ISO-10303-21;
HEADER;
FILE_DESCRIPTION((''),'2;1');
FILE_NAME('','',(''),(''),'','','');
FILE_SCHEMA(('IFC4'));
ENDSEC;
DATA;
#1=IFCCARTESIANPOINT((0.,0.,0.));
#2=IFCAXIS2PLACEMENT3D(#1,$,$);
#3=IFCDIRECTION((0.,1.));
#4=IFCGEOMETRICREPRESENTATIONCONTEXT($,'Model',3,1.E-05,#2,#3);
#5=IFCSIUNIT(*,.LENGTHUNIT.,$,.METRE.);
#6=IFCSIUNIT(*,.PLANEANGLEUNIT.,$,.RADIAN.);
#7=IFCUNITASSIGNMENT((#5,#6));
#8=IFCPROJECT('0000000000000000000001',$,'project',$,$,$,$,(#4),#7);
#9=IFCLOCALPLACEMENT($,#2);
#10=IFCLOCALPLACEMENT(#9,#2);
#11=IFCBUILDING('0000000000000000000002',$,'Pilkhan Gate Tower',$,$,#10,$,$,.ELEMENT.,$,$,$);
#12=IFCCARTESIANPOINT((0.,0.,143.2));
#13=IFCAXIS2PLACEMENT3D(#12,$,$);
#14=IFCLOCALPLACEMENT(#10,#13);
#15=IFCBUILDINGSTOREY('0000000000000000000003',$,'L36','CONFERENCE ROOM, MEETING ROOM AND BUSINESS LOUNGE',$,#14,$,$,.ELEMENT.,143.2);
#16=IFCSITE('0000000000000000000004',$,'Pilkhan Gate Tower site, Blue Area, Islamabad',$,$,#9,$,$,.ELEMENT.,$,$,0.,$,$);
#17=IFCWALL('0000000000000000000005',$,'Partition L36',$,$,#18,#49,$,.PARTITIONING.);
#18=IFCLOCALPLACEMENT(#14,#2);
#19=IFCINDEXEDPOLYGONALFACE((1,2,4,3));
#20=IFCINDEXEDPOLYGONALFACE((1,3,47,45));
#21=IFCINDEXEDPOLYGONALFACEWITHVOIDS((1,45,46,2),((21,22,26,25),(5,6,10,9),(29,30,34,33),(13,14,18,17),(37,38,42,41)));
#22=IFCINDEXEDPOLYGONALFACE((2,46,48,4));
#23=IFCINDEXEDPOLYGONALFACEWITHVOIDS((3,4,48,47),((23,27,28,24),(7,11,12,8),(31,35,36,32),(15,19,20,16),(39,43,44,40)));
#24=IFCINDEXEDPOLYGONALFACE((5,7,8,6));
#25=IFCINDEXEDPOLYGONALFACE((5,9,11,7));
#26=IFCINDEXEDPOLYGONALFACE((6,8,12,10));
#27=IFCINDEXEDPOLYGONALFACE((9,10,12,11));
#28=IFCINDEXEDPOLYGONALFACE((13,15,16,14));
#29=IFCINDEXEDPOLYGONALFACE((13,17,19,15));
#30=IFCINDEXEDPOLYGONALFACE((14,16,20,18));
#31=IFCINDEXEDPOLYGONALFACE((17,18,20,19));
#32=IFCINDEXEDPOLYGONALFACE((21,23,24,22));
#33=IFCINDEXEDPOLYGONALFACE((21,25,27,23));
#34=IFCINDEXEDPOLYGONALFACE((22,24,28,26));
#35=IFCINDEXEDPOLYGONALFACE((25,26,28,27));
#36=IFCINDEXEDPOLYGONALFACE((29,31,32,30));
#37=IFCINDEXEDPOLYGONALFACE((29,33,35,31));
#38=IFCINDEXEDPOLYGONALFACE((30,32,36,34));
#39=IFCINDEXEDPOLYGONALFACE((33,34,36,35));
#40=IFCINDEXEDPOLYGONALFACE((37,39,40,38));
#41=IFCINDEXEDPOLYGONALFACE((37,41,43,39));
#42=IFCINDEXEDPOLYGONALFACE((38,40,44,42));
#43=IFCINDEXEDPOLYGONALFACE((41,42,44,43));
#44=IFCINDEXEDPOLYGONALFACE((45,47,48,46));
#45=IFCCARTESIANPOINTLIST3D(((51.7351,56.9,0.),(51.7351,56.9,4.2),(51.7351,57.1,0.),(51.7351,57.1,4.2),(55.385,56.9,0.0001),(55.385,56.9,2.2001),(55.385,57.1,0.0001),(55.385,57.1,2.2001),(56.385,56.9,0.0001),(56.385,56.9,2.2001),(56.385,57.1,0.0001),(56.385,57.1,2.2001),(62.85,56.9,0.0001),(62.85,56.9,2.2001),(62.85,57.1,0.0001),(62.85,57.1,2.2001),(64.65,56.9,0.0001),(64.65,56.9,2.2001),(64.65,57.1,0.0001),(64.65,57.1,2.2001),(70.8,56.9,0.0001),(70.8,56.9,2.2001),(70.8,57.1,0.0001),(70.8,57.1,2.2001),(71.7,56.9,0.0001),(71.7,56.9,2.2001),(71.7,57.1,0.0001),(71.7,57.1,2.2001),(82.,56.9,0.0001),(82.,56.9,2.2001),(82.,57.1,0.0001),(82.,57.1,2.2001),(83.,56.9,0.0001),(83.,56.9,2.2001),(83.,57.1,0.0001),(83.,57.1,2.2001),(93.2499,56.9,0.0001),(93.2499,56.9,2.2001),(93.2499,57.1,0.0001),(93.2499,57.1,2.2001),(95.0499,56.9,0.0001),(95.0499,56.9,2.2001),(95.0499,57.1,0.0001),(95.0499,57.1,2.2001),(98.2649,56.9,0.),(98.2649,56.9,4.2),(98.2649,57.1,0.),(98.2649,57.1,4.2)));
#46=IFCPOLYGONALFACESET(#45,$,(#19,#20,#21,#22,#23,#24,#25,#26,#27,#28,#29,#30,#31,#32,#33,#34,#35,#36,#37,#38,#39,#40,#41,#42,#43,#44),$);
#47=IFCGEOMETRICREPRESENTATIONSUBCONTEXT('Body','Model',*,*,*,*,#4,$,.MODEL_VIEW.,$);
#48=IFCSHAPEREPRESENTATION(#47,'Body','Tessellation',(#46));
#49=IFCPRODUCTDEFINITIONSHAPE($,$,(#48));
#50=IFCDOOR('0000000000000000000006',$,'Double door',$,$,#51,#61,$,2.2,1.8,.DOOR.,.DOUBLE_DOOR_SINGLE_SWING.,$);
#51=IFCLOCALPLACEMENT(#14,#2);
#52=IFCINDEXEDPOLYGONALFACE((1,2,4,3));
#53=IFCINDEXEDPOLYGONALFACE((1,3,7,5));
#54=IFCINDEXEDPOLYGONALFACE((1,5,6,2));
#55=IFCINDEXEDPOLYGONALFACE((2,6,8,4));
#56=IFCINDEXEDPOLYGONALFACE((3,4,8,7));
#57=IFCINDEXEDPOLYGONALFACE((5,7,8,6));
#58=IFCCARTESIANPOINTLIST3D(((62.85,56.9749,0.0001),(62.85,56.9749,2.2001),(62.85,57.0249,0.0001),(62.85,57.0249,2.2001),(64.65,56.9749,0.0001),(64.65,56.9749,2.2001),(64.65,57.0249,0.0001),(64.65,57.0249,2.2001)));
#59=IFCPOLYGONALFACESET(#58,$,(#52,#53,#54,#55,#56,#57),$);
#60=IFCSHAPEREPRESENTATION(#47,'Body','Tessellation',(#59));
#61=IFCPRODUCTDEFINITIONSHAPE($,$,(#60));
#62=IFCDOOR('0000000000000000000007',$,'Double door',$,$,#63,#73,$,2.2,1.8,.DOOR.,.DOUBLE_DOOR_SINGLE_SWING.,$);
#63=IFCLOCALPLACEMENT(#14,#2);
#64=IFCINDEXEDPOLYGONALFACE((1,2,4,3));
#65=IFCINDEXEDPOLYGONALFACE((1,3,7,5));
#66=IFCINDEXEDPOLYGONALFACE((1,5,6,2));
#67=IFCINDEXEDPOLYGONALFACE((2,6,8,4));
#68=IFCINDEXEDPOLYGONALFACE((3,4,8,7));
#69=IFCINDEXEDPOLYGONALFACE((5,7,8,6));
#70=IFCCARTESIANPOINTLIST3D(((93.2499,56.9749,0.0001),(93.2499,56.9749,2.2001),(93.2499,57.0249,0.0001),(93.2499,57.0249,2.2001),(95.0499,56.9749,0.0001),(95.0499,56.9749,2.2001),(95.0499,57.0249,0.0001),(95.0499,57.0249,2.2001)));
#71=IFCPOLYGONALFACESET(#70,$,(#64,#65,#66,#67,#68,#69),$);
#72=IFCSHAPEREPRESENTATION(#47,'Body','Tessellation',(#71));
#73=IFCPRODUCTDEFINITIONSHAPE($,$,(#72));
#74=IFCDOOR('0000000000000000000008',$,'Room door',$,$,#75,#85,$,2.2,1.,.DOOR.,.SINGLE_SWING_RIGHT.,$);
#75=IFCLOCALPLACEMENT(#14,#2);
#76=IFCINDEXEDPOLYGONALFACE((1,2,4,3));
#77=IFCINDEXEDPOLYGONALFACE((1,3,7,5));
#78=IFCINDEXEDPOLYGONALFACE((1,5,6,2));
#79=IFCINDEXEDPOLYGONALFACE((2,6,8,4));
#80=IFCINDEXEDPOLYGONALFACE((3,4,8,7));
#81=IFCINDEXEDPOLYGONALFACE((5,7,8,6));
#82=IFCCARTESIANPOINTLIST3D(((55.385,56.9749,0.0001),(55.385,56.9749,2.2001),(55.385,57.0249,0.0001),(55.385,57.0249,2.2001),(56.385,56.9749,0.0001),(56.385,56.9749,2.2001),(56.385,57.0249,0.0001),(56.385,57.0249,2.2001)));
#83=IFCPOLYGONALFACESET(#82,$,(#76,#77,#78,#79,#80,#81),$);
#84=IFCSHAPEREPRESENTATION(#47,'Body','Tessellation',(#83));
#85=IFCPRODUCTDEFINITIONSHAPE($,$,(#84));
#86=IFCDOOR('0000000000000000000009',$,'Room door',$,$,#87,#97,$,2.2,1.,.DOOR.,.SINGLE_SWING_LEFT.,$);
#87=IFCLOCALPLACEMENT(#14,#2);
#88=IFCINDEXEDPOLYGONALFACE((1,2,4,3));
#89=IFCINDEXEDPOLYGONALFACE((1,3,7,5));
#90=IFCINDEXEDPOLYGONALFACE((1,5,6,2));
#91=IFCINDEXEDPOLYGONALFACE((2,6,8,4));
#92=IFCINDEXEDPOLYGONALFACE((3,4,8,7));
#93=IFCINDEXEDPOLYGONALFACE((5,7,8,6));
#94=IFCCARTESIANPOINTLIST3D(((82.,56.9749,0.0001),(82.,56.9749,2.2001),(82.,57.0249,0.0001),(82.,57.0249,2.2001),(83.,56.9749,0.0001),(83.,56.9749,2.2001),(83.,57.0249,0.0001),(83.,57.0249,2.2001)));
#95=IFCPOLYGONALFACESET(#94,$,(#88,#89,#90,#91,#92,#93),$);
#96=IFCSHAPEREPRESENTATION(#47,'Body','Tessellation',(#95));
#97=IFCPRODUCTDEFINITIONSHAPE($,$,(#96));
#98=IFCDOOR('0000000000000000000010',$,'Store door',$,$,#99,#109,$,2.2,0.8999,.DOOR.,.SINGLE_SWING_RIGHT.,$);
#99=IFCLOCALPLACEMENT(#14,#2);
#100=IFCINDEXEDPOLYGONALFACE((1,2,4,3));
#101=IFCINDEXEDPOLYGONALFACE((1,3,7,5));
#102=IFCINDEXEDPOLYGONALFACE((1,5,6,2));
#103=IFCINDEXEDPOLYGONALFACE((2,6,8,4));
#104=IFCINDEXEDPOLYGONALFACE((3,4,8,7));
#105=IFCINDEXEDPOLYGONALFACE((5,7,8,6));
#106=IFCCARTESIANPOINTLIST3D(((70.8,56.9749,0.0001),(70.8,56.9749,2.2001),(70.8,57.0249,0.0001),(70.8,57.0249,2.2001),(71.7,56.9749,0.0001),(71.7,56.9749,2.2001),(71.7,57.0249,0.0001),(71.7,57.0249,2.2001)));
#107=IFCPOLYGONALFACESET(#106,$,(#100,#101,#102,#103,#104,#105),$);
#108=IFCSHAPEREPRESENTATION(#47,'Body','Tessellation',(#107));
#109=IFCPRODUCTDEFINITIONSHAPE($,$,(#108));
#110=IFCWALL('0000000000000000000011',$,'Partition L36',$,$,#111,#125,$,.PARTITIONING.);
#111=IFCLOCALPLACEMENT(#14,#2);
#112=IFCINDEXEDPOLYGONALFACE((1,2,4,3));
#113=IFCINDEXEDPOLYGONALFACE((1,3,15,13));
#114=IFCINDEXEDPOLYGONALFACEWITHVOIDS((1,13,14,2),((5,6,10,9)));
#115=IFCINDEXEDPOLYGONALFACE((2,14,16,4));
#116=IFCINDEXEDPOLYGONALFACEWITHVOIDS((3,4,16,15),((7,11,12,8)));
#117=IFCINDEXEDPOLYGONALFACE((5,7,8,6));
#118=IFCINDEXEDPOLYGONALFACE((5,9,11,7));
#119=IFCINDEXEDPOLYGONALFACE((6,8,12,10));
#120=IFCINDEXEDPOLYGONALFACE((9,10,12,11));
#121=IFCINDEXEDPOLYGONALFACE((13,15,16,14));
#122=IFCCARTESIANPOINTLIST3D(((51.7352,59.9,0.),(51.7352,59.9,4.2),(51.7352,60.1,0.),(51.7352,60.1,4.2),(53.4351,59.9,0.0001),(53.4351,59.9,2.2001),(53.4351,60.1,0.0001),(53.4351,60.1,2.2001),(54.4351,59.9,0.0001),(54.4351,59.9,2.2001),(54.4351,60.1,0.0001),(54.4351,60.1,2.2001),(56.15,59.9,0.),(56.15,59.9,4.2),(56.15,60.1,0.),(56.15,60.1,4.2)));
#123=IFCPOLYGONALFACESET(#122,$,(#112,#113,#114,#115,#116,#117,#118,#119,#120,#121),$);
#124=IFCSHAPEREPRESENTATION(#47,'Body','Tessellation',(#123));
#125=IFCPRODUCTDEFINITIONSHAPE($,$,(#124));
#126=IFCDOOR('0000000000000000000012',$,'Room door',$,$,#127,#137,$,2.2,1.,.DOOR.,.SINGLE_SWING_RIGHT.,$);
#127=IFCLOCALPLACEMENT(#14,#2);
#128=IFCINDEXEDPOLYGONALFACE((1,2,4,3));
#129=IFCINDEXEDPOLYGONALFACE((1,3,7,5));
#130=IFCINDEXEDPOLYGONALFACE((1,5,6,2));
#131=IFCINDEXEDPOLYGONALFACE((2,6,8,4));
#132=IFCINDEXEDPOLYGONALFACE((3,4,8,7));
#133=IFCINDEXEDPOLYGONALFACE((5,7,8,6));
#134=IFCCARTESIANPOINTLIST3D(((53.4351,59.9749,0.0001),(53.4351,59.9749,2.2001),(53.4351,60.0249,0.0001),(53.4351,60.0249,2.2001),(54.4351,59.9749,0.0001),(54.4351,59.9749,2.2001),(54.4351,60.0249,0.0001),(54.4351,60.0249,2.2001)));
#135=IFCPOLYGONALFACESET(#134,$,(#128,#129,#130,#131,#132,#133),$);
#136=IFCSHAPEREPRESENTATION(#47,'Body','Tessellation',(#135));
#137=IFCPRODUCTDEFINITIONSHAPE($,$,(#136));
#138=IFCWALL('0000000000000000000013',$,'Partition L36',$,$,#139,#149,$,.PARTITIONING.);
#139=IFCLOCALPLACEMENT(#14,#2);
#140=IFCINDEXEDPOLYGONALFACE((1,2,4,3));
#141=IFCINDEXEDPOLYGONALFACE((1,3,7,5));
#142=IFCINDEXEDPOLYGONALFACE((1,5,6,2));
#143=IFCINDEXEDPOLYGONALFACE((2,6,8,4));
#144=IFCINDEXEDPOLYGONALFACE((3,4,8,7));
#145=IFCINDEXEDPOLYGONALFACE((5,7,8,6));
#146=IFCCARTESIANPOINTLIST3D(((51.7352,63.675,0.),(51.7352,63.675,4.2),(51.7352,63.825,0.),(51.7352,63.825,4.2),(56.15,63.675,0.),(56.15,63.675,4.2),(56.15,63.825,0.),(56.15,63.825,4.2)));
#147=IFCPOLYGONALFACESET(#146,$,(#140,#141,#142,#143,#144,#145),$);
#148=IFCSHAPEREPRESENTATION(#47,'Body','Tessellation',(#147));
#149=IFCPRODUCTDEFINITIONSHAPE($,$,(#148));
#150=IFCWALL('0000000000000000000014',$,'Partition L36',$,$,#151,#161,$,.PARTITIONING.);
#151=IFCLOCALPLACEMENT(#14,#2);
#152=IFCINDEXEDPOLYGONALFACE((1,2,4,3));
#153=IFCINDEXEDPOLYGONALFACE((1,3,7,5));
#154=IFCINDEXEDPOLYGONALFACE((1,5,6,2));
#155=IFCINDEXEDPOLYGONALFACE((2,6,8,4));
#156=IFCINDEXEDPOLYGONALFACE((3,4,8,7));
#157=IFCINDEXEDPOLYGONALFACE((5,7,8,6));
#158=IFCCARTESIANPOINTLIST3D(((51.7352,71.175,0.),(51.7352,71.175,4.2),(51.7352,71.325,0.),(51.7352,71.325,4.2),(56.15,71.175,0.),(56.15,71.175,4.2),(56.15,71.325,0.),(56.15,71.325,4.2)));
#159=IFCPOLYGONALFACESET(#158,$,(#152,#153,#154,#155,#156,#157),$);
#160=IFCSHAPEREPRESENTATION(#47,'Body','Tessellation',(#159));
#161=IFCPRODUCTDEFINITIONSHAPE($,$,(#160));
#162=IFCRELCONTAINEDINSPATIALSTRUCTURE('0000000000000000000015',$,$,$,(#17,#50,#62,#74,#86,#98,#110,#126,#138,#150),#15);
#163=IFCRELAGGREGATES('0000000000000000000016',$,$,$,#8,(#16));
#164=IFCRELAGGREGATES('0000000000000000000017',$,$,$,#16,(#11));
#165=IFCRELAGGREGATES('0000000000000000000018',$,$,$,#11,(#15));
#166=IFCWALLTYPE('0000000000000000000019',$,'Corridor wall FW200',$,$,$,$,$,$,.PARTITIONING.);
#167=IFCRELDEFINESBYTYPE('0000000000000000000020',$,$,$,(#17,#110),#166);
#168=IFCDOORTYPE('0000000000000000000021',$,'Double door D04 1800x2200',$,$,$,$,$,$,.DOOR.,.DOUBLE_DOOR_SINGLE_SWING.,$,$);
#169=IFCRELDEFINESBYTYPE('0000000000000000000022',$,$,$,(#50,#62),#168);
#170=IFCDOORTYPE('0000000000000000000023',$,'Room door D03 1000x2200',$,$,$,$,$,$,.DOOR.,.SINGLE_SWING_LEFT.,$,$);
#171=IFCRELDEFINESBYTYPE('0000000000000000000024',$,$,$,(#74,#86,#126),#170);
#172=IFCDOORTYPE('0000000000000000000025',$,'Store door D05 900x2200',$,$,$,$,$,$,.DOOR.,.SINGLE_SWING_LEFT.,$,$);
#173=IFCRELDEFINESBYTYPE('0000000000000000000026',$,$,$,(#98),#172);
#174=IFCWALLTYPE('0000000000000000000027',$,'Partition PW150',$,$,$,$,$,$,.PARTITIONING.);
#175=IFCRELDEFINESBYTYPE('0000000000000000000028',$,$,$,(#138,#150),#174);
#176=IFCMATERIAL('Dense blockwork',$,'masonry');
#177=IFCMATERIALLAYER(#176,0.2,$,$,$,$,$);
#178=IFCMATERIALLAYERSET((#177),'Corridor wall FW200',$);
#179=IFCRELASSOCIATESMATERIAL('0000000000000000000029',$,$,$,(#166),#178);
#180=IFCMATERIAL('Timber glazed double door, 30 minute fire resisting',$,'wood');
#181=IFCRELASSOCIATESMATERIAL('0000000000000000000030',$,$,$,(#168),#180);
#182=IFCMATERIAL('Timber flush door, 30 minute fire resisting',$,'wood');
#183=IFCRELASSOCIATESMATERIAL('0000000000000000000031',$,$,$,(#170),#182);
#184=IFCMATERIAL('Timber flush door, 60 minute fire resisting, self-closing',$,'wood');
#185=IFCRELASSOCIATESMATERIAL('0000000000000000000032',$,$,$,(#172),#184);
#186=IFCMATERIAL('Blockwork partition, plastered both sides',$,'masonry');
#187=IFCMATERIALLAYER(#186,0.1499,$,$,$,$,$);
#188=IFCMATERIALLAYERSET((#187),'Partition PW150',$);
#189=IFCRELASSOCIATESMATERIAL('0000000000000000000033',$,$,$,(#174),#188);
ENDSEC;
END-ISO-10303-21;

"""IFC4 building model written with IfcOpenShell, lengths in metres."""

from ifc_helpers import new_model, si_unit, direction, frame, frame_2d, origin, place, context, subcontext, project, spatial, rectangle, extrude, material, layer, layer_set, type_object, element, fill, save


model = new_model("IFC4")

# Units and contexts
model_context = context("Model", 3, precision=1e-05, world=origin(), true_north=direction((0.0, 1.0)))
body_context = subcontext(model_context, "Body", "Model", "MODEL_VIEW")
ifc_project = project(units=[si_unit("LENGTHUNIT", "METRE"), si_unit("PLANEANGLEUNIT", "RADIAN")], contexts=[model_context])

# Site, building, storey
site_placement = place(None, origin())
site = spatial("IfcSite", under=ifc_project, at=site_placement, Name="Pilkhan Gate Tower site, Blue Area, Islamabad", CompositionType="ELEMENT", RefElevation=0.0)
building_placement = place(site_placement, origin())
building = spatial("IfcBuilding", under=site, at=building_placement, Name="Pilkhan Gate Tower", CompositionType="ELEMENT")
storey_placement = place(building_placement, frame((0.0, 0.0, 143.2)))
storey = spatial("IfcBuildingStorey", under=building, at=storey_placement, Name="L36", Description="CONFERENCE ROOM, MEETING ROOM AND BUSINESS LOUNGE", CompositionType="ELEMENT", Elevation=143.2)

# Wall, openings, doors
ifc_material_1 = material(Name="Dense blockwork", Category="masonry")
ifc_layer_1 = layer(ifc_material_1, 0.2)
ifc_layer_set_1 = layer_set([ifc_layer_1], Name="Corridor wall FW200")
wall_type_1 = type_object("IfcWallType", Name="Corridor wall FW200", PredefinedType="PARTITIONING", material=ifc_layer_set_1)
wall_1_placement = place(storey_placement, frame((51.7351, 57.0, 0.0), z_axis=(0.0, 0.0, 1.0), x_axis=(1.0, 0.0, 0.0)))
wall_1 = element("IfcWall", 1, at=wall_1_placement, inside=storey, type_object=wall_type_1, Name="Partition L36", PredefinedType="PARTITIONING", context=body_context, shape_type="SweptSolid", body=[
    extrude(rectangle(XDim=46.5298, YDim=0.2, at=frame_2d((23.2649, 0.0))), origin(), (0.0, 0.0, 1.0), 4.2),
])
opening_1_placement = place(wall_1_placement, frame((11.115, 0.0, 0.0)))
opening_1 = element("IfcOpeningElement", 2, at=opening_1_placement, cuts=wall_1, PredefinedType="OPENING", context=body_context, shape_type="SweptSolid", body=[
    extrude(rectangle(XDim=1.8, YDim=2.2, at=frame_2d((0.8999, 1.1001))), frame((0.0, 0.1099, 0.0), z_axis=(0.0, -1.0, 0.0), x_axis=(1.0, 0.0, 0.0)), (0.0, 0.0, 1.0), 0.22),
])
opening_2_placement = place(wall_1_placement, frame((3.6499, 0.0, 0.0)))
opening_2 = element("IfcOpeningElement", 3, at=opening_2_placement, cuts=wall_1, PredefinedType="OPENING", context=body_context, shape_type="SweptSolid", body=[
    extrude(rectangle(XDim=1.0, YDim=2.2, at=frame_2d((0.5, 1.1001))), frame((0.0, 0.1099, 0.0), z_axis=(0.0, -1.0, 0.0), x_axis=(1.0, 0.0, 0.0)), (0.0, 0.0, 1.0), 0.22),
])
opening_3_placement = place(wall_1_placement, frame((19.0649, 0.0, 0.0)))
opening_3 = element("IfcOpeningElement", 4, at=opening_3_placement, cuts=wall_1, PredefinedType="OPENING", context=body_context, shape_type="SweptSolid", body=[
    extrude(rectangle(XDim=0.8999, YDim=2.2, at=frame_2d((0.45, 1.1001))), frame((0.0, 0.1099, 0.0), z_axis=(0.0, -1.0, 0.0), x_axis=(1.0, 0.0, 0.0)), (0.0, 0.0, 1.0), 0.22),
])
opening_4_placement = place(wall_1_placement, frame((30.2649, 0.0, 0.0)))
opening_4 = element("IfcOpeningElement", 5, at=opening_4_placement, cuts=wall_1, PredefinedType="OPENING", context=body_context, shape_type="SweptSolid", body=[
    extrude(rectangle(XDim=1.0, YDim=2.2, at=frame_2d((0.5, 1.1001))), frame((0.0, 0.1099, 0.0), z_axis=(0.0, -1.0, 0.0), x_axis=(1.0, 0.0, 0.0)), (0.0, 0.0, 1.0), 0.22),
])
opening_5_placement = place(wall_1_placement, frame((41.5149, 0.0, 0.0)))
opening_5 = element("IfcOpeningElement", 6, at=opening_5_placement, cuts=wall_1, PredefinedType="OPENING", context=body_context, shape_type="SweptSolid", body=[
    extrude(rectangle(XDim=1.8, YDim=2.2, at=frame_2d((0.8999, 1.1001))), frame((0.0, 0.1099, 0.0), z_axis=(0.0, -1.0, 0.0), x_axis=(1.0, 0.0, 0.0)), (0.0, 0.0, 1.0), 0.22),
])
ifc_material_2 = material(Name="Timber glazed double door, 30 minute fire resisting", Category="wood")
door_type_1 = type_object("IfcDoorType", Name="Double door D04 1800x2200", OperationType="DOUBLE_DOOR_SINGLE_SWING", PredefinedType="DOOR", material=ifc_material_2)
door_1_placement = place(opening_1_placement, origin())
door_1 = element("IfcDoor", 7, at=door_1_placement, inside=storey, type_object=door_type_1, Name="Double door", OperationType="DOUBLE_DOOR_SINGLE_SWING", OverallHeight=2.2, OverallWidth=1.8, PredefinedType="DOOR", context=body_context, shape_type="SweptSolid", body=[
    extrude(rectangle(XDim=1.8, YDim=2.2, at=frame_2d((0.8999, 1.1001))), frame((0.0, 0.0249, 0.0), z_axis=(0.0, -1.0, 0.0), x_axis=(1.0, 0.0, 0.0)), (0.0, 0.0, 1.0), 0.05),
])
fill(opening_1, door_1)
door_2_placement = place(opening_5_placement, origin())
door_2 = element("IfcDoor", 8, at=door_2_placement, inside=storey, type_object=door_type_1, Name="Double door", OperationType="DOUBLE_DOOR_SINGLE_SWING", OverallHeight=2.2, OverallWidth=1.8, PredefinedType="DOOR", context=body_context, shape_type="SweptSolid", body=[
    extrude(rectangle(XDim=1.8, YDim=2.2, at=frame_2d((0.8999, 1.1001))), frame((0.0, 0.0249, 0.0), z_axis=(0.0, -1.0, 0.0), x_axis=(1.0, 0.0, 0.0)), (0.0, 0.0, 1.0), 0.05),
])
fill(opening_5, door_2)
ifc_material_3 = material(Name="Timber flush door, 30 minute fire resisting", Category="wood")
door_type_2 = type_object("IfcDoorType", Name="Room door D03 1000x2200", OperationType="SINGLE_SWING_LEFT", PredefinedType="DOOR", material=ifc_material_3)
door_3_placement = place(opening_2_placement, origin())
door_3 = element("IfcDoor", 9, at=door_3_placement, inside=storey, type_object=door_type_2, Name="Room door", OperationType="SINGLE_SWING_RIGHT", OverallHeight=2.2, OverallWidth=1.0, PredefinedType="DOOR", context=body_context, shape_type="SweptSolid", body=[
    extrude(rectangle(XDim=1.0, YDim=2.2, at=frame_2d((0.5, 1.1001))), frame((0.0, 0.0249, 0.0), z_axis=(0.0, -1.0, 0.0), x_axis=(1.0, 0.0, 0.0)), (0.0, 0.0, 1.0), 0.05),
])
fill(opening_2, door_3)
door_4_placement = place(opening_4_placement, origin())
door_4 = element("IfcDoor", 10, at=door_4_placement, inside=storey, type_object=door_type_2, Name="Room door", OperationType="SINGLE_SWING_LEFT", OverallHeight=2.2, OverallWidth=1.0, PredefinedType="DOOR", context=body_context, shape_type="SweptSolid", body=[
    extrude(rectangle(XDim=1.0, YDim=2.2, at=frame_2d((0.5, 1.1001))), frame((0.0, 0.0249, 0.0), z_axis=(0.0, -1.0, 0.0), x_axis=(1.0, 0.0, 0.0)), (0.0, 0.0, 1.0), 0.05),
])
fill(opening_4, door_4)
ifc_material_4 = material(Name="Timber flush door, 60 minute fire resisting, self-closing", Category="wood")
door_type_3 = type_object("IfcDoorType", Name="Store door D05 900x2200", OperationType="SINGLE_SWING_LEFT", PredefinedType="DOOR", material=ifc_material_4)
door_5_placement = place(opening_3_placement, origin())
door_5 = element("IfcDoor", 11, at=door_5_placement, inside=storey, type_object=door_type_3, Name="Store door", OperationType="SINGLE_SWING_RIGHT", OverallHeight=2.2, OverallWidth=0.8999, PredefinedType="DOOR", context=body_context, shape_type="SweptSolid", body=[
    extrude(rectangle(XDim=0.8999, YDim=2.2, at=frame_2d((0.45, 1.1001))), frame((0.0, 0.0249, 0.0), z_axis=(0.0, -1.0, 0.0), x_axis=(1.0, 0.0, 0.0)), (0.0, 0.0, 1.0), 0.05),
])
fill(opening_3, door_5)

# Wall, opening, door
wall_2_placement = place(storey_placement, frame((51.7351, 60.0, 0.0), z_axis=(0.0, 0.0, 1.0), x_axis=(1.0, 0.0, 0.0)))
wall_2 = element("IfcWall", 12, at=wall_2_placement, inside=storey, type_object=wall_type_1, Name="Partition L36", PredefinedType="PARTITIONING", context=body_context, shape_type="SweptSolid", body=[
    extrude(rectangle(XDim=4.4148, YDim=0.2, at=frame_2d((2.2075, 0.0))), origin(), (0.0, 0.0, 1.0), 4.2),
])
opening_6_placement = place(wall_2_placement, frame((1.7, 0.0, 0.0)))
opening_6 = element("IfcOpeningElement", 13, at=opening_6_placement, cuts=wall_2, PredefinedType="OPENING", context=body_context, shape_type="SweptSolid", body=[
    extrude(rectangle(XDim=1.0, YDim=2.2, at=frame_2d((0.5, 1.1001))), frame((0.0, 0.1099, 0.0), z_axis=(0.0, -1.0, 0.0), x_axis=(1.0, 0.0, 0.0)), (0.0, 0.0, 1.0), 0.22),
])
door_6_placement = place(opening_6_placement, origin())
door_6 = element("IfcDoor", 14, at=door_6_placement, inside=storey, type_object=door_type_2, Name="Room door", OperationType="SINGLE_SWING_RIGHT", OverallHeight=2.2, OverallWidth=1.0, PredefinedType="DOOR", context=body_context, shape_type="SweptSolid", body=[
    extrude(rectangle(XDim=1.0, YDim=2.2, at=frame_2d((0.5, 1.1001))), frame((0.0, 0.0249, 0.0), z_axis=(0.0, -1.0, 0.0), x_axis=(1.0, 0.0, 0.0)), (0.0, 0.0, 1.0), 0.05),
])
fill(opening_6, door_6)

# Walls
ifc_material_5 = material(Name="Blockwork partition, plastered both sides", Category="masonry")
ifc_layer_2 = layer(ifc_material_5, 0.1499)
ifc_layer_set_2 = layer_set([ifc_layer_2], Name="Partition PW150")
wall_type_2 = type_object("IfcWallType", Name="Partition PW150", PredefinedType="PARTITIONING", material=ifc_layer_set_2)
for number, where, z_axis, x_axis, name in (
    (15, (51.7351, 63.75, 0.0), (0.0, 0.0, 1.0), (1.0, 0.0, 0.0), "Partition L36"),
    (16, (51.7351, 71.25, 0.0), (0.0, 0.0, 1.0), (1.0, 0.0, 0.0), "Partition L36"),
):
    element("IfcWall", number, at=place(storey_placement, frame(where, z_axis=z_axis, x_axis=x_axis)), inside=storey, type_object=wall_type_2, Name=name, PredefinedType="PARTITIONING", context=body_context, shape_type="SweptSolid", body=[
        extrude(rectangle(XDim=4.4148, YDim=0.1499, at=frame_2d((2.2075, 0.0))), origin(), (0.0, 0.0, 1.0), 4.2),
    ])

save(model, "model.ifc")
